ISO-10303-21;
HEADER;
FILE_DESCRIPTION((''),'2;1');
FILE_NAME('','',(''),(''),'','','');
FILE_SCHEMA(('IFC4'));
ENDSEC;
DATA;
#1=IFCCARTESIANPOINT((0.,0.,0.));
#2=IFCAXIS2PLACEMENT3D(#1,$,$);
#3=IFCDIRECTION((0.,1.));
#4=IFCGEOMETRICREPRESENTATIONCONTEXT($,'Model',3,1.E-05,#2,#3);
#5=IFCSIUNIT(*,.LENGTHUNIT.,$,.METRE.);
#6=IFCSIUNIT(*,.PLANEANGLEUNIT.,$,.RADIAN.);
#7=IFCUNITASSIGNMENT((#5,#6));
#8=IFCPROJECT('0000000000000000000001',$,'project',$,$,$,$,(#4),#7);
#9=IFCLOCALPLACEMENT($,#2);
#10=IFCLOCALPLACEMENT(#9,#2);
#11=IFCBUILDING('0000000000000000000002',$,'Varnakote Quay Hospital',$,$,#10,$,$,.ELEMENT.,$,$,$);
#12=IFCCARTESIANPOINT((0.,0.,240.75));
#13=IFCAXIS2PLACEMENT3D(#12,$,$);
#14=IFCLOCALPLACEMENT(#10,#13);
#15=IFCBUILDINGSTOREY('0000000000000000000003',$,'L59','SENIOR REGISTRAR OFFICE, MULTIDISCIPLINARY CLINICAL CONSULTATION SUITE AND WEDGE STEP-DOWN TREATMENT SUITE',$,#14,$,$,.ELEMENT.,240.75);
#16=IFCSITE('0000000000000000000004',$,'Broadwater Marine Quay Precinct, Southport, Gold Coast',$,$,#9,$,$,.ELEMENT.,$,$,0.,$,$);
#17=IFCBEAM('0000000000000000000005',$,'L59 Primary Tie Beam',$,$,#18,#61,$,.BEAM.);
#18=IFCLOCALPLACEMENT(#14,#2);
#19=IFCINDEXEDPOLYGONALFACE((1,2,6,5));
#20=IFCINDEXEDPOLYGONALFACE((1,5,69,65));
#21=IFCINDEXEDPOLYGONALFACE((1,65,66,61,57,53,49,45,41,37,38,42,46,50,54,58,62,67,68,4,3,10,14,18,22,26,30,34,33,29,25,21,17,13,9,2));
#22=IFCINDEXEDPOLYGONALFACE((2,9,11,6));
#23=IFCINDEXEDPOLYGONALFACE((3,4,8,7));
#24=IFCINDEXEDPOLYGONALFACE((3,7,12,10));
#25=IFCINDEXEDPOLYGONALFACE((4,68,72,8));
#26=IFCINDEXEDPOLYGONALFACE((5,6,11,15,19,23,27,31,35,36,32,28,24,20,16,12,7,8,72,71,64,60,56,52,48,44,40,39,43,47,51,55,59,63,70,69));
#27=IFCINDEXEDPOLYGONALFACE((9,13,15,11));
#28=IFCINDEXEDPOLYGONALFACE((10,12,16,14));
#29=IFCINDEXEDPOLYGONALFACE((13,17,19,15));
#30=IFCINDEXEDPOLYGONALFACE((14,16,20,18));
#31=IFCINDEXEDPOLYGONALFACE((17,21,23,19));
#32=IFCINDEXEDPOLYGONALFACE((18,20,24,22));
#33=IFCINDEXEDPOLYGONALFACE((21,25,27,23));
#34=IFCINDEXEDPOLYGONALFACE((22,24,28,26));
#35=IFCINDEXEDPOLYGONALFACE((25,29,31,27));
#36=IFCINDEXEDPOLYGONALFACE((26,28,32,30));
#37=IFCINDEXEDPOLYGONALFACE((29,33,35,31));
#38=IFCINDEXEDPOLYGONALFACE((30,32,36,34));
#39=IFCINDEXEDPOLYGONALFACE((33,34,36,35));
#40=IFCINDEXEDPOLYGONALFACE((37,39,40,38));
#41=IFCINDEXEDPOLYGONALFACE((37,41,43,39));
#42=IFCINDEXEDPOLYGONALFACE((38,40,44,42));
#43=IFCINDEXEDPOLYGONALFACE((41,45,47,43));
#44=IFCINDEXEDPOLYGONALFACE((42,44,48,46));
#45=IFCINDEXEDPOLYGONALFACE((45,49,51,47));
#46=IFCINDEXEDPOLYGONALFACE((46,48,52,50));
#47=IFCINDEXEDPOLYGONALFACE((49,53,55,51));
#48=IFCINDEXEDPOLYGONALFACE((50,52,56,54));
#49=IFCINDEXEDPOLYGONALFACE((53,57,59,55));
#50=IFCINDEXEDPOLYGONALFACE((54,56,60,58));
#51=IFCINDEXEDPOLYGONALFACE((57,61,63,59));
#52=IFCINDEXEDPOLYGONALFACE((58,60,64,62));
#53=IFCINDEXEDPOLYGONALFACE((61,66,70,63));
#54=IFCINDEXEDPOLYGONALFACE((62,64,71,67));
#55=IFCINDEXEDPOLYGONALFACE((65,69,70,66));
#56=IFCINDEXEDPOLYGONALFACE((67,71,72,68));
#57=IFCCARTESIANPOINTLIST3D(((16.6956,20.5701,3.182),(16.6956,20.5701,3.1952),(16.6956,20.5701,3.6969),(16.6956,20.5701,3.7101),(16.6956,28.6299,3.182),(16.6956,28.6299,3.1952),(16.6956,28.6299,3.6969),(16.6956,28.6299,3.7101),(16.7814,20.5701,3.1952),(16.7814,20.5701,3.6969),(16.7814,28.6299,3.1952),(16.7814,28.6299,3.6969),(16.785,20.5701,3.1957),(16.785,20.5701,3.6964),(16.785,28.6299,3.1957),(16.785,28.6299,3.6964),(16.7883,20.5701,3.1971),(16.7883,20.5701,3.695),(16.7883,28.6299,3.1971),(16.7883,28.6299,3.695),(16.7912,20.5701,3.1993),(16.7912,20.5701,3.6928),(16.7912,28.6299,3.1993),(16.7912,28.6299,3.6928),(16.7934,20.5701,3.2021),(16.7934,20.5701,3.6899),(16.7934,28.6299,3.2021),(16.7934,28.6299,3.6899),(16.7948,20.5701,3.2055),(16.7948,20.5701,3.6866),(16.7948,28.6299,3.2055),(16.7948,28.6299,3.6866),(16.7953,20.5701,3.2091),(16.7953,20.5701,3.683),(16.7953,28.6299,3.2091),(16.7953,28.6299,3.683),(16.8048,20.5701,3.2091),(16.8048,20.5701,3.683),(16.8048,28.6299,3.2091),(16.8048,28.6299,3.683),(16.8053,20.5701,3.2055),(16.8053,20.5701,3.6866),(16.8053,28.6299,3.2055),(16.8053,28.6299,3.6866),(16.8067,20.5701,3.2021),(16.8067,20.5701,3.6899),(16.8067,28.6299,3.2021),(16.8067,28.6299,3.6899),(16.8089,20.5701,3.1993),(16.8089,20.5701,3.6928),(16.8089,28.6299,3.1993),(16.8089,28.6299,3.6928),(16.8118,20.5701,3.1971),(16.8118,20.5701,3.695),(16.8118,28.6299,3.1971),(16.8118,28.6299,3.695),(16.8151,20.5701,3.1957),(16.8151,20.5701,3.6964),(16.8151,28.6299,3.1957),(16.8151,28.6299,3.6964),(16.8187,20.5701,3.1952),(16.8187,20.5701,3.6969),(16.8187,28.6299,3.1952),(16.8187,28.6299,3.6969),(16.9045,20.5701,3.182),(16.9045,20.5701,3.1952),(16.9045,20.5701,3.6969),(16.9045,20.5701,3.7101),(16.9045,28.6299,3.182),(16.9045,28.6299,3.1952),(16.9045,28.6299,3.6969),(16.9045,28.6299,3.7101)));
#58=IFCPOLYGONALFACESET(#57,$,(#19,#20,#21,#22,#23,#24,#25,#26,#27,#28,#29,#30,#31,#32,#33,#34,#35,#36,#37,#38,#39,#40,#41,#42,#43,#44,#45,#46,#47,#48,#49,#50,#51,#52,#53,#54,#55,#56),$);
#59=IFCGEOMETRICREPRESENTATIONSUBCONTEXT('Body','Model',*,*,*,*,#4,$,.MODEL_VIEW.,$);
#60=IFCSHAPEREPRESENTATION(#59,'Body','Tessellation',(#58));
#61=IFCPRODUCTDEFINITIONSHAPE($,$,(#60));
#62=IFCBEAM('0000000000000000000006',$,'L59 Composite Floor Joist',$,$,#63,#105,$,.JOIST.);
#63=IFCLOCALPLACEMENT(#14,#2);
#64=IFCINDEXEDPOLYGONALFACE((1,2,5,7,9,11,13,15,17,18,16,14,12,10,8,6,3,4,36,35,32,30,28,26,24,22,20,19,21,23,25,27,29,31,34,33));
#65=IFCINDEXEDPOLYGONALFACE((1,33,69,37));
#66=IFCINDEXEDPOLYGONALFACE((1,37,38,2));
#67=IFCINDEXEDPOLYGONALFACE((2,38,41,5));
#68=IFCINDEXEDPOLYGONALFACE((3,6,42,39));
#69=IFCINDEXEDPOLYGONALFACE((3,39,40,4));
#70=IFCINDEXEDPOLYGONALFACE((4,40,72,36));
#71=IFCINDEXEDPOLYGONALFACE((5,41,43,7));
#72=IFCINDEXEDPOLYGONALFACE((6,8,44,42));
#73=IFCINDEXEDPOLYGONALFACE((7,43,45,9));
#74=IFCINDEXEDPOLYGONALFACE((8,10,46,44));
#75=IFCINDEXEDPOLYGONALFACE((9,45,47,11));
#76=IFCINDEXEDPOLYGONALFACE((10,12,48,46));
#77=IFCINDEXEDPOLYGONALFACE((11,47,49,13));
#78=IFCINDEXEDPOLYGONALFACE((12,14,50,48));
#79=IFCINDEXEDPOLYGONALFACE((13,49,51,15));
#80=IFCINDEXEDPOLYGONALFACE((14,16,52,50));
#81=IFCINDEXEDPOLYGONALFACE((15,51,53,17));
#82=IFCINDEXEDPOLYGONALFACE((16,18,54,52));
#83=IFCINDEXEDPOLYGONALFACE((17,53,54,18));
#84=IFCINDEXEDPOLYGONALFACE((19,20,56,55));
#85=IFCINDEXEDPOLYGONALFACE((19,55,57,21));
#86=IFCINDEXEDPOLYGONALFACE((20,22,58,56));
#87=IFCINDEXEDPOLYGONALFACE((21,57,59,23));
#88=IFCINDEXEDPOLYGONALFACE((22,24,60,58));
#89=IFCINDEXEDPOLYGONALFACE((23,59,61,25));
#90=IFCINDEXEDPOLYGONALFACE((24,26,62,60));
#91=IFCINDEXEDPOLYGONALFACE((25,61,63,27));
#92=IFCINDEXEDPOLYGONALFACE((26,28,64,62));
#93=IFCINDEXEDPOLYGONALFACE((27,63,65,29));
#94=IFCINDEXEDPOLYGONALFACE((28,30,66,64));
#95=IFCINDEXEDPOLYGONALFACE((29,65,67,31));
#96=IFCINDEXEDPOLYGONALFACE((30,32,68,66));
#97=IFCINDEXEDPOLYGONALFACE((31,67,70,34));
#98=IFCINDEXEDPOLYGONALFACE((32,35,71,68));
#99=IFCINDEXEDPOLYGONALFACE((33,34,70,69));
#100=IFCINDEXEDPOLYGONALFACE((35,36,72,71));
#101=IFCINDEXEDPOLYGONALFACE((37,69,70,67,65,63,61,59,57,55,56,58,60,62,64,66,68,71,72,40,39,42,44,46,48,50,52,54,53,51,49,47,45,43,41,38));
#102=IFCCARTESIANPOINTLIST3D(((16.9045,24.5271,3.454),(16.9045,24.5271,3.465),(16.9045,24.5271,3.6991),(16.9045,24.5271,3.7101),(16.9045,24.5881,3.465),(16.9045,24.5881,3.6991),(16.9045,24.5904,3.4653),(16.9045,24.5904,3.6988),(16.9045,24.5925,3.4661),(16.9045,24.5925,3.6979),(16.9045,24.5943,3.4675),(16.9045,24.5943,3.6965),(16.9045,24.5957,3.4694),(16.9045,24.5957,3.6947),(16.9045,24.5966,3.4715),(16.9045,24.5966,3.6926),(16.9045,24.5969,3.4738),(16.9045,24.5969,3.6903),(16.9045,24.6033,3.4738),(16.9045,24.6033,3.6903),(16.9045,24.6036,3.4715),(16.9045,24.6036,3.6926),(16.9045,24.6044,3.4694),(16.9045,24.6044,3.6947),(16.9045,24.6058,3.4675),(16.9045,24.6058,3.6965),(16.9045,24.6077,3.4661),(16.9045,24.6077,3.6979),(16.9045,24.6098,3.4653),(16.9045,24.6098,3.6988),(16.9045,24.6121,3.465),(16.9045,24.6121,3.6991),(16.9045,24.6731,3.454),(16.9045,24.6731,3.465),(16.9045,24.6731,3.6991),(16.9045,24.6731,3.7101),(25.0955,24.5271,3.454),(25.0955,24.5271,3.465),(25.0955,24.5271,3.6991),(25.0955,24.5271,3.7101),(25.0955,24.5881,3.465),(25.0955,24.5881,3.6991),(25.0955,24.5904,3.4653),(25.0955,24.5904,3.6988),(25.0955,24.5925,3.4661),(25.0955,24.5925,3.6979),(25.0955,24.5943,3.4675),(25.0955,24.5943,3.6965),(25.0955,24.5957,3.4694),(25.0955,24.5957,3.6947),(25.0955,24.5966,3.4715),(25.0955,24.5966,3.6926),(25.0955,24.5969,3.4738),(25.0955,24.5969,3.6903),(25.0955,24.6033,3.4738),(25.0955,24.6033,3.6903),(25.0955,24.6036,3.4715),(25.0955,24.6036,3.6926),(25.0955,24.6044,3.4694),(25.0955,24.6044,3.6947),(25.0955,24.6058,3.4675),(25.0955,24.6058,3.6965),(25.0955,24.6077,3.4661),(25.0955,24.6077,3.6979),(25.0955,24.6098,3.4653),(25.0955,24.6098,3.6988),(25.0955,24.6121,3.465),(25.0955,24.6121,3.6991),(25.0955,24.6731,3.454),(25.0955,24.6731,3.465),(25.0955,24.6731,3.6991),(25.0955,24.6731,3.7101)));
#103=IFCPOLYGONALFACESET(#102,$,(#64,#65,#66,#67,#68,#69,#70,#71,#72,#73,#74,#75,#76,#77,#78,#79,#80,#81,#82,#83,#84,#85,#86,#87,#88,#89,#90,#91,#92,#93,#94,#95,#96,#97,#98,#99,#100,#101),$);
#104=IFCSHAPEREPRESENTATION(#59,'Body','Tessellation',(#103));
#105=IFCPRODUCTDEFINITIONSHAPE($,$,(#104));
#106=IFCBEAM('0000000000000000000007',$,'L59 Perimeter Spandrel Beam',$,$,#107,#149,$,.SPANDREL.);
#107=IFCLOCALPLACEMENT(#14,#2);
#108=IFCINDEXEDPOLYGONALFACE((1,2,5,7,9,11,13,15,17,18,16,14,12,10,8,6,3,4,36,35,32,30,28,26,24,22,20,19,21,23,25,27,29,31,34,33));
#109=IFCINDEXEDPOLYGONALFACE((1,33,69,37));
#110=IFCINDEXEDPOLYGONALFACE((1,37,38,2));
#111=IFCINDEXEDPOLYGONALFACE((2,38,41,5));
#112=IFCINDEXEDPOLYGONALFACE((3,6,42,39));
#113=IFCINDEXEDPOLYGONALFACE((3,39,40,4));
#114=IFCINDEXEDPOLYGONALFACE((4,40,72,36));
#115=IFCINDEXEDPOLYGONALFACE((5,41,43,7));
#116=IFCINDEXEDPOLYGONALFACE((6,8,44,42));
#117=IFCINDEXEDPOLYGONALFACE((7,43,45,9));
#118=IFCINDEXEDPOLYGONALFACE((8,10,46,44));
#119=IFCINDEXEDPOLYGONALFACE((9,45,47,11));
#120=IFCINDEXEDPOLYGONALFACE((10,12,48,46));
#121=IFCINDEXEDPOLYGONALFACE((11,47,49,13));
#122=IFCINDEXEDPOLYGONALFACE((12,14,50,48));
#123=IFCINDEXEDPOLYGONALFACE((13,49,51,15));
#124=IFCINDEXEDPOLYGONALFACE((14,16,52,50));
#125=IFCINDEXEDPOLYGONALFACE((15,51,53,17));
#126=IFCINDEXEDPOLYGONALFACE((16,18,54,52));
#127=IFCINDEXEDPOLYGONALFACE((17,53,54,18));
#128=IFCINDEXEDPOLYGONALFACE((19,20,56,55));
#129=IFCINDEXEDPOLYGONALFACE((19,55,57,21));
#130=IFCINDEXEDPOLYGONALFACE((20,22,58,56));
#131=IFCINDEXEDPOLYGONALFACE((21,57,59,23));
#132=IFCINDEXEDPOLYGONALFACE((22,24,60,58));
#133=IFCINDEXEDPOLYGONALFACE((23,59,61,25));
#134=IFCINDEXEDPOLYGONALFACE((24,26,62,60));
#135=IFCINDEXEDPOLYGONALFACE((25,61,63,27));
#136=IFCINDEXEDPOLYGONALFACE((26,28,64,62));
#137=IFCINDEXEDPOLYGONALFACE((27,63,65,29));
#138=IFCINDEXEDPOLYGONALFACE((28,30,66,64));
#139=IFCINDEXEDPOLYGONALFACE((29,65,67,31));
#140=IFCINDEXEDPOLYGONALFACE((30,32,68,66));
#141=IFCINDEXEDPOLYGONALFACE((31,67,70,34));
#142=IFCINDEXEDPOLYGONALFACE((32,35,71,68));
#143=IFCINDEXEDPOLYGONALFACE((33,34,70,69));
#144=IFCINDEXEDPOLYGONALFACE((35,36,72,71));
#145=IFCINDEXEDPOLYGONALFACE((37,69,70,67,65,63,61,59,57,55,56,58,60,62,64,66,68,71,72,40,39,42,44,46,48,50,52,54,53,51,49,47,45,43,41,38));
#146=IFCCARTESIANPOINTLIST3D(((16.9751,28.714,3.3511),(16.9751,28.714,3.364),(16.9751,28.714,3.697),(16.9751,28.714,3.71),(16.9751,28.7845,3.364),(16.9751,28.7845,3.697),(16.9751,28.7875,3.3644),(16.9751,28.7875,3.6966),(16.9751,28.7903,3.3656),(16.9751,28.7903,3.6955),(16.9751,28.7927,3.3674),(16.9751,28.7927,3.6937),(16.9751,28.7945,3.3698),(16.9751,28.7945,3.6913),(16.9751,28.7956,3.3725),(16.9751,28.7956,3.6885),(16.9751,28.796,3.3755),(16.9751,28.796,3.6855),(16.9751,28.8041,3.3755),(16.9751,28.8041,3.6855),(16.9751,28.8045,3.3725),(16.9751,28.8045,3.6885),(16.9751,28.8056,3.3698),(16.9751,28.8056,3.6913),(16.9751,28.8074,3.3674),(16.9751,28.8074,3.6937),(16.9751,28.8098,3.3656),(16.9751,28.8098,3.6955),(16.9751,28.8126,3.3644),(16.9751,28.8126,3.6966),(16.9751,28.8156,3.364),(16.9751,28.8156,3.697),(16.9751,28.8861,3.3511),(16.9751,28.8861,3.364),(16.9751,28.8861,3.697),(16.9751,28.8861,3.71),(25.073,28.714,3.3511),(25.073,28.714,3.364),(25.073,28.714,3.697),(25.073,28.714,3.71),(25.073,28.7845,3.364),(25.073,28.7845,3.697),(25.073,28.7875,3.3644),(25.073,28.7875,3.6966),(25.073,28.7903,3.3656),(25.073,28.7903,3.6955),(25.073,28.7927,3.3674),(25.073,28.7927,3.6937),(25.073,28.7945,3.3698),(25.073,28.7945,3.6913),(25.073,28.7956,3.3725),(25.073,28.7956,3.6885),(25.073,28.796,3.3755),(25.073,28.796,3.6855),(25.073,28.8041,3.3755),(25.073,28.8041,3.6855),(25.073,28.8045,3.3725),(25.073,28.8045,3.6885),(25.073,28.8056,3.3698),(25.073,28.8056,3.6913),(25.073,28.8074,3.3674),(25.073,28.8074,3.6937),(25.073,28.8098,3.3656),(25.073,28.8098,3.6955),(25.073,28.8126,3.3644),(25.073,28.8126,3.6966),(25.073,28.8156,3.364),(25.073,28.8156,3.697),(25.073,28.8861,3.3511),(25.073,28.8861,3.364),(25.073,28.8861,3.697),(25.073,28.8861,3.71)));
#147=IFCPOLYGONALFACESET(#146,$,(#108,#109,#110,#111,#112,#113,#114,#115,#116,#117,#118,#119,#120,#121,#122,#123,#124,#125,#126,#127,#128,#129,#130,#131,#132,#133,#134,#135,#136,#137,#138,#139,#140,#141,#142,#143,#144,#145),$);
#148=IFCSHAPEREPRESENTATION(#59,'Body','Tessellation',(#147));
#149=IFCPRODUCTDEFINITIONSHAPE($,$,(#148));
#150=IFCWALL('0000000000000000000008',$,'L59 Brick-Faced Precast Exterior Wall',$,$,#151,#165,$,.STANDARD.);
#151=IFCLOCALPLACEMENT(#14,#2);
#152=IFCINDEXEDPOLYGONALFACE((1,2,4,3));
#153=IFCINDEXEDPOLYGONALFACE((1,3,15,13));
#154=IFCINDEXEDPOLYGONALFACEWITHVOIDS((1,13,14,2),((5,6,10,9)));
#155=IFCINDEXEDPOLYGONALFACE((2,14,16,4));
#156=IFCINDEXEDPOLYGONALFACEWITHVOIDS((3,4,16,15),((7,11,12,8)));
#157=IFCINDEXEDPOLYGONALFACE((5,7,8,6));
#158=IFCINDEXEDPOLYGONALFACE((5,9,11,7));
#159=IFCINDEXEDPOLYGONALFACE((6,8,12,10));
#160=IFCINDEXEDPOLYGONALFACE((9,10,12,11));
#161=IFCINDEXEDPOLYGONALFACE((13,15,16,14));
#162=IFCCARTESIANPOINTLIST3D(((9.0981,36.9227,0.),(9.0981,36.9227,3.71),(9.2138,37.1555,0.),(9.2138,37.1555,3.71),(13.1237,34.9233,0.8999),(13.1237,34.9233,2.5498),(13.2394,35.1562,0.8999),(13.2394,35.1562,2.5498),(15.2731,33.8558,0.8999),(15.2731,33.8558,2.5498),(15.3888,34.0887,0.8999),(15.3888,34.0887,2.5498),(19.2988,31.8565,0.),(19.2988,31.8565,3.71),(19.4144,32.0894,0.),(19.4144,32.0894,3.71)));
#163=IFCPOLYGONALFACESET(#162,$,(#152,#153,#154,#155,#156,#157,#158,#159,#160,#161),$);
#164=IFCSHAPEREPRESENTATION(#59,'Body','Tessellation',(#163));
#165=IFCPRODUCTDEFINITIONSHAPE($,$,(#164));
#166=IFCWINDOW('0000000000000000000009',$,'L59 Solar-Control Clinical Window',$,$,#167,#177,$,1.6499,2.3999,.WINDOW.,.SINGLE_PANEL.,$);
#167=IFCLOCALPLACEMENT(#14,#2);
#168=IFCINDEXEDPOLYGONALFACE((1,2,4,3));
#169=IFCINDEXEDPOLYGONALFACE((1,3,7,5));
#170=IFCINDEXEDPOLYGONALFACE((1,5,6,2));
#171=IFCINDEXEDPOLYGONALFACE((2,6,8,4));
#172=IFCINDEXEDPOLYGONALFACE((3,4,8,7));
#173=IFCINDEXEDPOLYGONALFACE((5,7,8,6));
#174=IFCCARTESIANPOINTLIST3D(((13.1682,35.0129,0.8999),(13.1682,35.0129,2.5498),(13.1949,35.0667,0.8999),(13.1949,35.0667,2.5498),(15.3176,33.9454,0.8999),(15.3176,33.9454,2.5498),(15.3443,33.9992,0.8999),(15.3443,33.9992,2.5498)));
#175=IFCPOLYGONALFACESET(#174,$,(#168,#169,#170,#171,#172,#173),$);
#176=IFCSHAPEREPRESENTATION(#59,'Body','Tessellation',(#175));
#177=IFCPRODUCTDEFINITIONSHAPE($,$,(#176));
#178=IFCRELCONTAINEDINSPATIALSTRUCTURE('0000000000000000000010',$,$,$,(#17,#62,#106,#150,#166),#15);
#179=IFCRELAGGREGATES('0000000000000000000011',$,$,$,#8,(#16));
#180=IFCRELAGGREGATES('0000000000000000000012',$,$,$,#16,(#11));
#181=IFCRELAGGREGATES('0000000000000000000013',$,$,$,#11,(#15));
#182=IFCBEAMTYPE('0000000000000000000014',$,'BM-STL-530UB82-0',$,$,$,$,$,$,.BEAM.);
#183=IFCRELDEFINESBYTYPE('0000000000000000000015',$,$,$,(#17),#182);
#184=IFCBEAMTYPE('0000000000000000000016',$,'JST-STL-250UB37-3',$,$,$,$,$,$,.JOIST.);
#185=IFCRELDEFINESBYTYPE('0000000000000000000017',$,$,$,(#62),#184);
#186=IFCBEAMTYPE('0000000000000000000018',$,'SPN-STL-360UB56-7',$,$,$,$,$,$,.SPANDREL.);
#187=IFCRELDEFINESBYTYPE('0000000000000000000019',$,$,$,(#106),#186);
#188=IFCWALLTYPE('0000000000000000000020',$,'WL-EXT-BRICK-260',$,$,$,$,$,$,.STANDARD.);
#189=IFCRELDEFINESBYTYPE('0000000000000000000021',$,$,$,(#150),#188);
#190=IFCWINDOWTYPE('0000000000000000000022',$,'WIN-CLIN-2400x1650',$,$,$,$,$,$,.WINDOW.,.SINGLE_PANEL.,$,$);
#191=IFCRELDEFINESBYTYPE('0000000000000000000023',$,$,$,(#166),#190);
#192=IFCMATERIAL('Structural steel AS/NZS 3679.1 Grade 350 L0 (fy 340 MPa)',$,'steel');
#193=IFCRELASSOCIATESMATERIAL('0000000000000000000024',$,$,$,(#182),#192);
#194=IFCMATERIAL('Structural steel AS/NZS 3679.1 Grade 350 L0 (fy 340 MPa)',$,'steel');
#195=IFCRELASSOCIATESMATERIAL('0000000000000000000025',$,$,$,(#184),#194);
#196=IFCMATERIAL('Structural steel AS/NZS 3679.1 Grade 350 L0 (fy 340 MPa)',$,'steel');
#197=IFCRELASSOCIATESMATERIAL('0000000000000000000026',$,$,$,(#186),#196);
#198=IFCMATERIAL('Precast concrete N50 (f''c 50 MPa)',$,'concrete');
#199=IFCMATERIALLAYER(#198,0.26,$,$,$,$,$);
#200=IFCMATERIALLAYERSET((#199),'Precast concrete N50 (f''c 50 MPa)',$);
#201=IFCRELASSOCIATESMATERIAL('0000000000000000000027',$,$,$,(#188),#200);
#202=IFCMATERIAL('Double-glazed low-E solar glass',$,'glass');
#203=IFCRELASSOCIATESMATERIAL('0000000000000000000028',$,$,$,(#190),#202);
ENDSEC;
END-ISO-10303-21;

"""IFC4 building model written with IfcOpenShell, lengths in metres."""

from ifc_helpers import new_model, si_unit, direction, frame, frame_2d, origin, origin_2d, place, context, subcontext, project, spatial, rectangle, i_section, extrude, material, layer, layer_set, material_profile, profile_set, type_object, element, fill, save


model = new_model("IFC4")

# Units and contexts
model_context = context("Model", 3, precision=1e-05, world=origin(), true_north=direction((0.0, 1.0)))
body_context = subcontext(model_context, "Body", "Model", "MODEL_VIEW")
ifc_project = project(units=[si_unit("LENGTHUNIT", "METRE"), si_unit("PLANEANGLEUNIT", "RADIAN")], contexts=[model_context])

# Site, building, storey
site_placement = place(None, origin())
site = spatial("IfcSite", under=ifc_project, at=site_placement, Name="Broadwater Marine Quay Precinct, Southport, Gold Coast", CompositionType="ELEMENT", RefElevation=0.0)
building_placement = place(site_placement, origin())
building = spatial("IfcBuilding", under=site, at=building_placement, Name="Varnakote Quay Hospital", CompositionType="ELEMENT")
storey_placement = place(building_placement, frame((0.0, 0.0, 240.75)))
storey = spatial("IfcBuildingStorey", under=building, at=storey_placement, Name="L59", Description="SENIOR REGISTRAR OFFICE, MULTIDISCIPLINARY CLINICAL CONSULTATION SUITE AND WEDGE STEP-DOWN TREATMENT SUITE", CompositionType="ELEMENT", Elevation=240.75)

# Beams
ifc_material_1 = material(Name="Structural steel AS/NZS 3679.1 Grade 350 L0 (fy 340 MPa)", Category="steel")
ifc_material_profile_1 = material_profile(ifc_material_1, i_section(OverallWidth=0.209, OverallDepth=0.5281, WebThickness=0.0095, FlangeThickness=0.0132, FilletRadius=0.0139, at=origin_2d()), Name="530UB82.0")
ifc_profile_set_1 = profile_set([ifc_material_profile_1], Name="Structural steel AS/NZS 3679.1 Grade 350 L0 (fy 340 MPa)")
beam_type_1 = type_object("IfcBeamType", Name="BM-STL-530UB82-0", PredefinedType="BEAM", material=ifc_profile_set_1)
beam_1_placement = place(storey_placement, frame((16.8, 20.5701, 3.446), z_axis=(0.0, 1.0, 0.0), x_axis=(-1.0, 0.0, 0.0)))
element("IfcBeam", 1, at=beam_1_placement, inside=storey, type_object=beam_type_1, Name="L59 Primary Tie Beam", PredefinedType="BEAM", context=body_context, shape_type="SweptSolid", body=[
    extrude(i_section(OverallWidth=0.209, OverallDepth=0.5281, WebThickness=0.0095, FlangeThickness=0.0132, FilletRadius=0.0139, at=origin_2d()), origin(), (0.0, 0.0, 1.0), 8.0598),
])
ifc_material_2 = material(Name="Structural steel AS/NZS 3679.1 Grade 350 L0 (fy 340 MPa)", Category="steel")
ifc_material_profile_2 = material_profile(ifc_material_2, i_section(OverallWidth=0.146, OverallDepth=0.2561, WebThickness=0.0063, FlangeThickness=0.011, FilletRadius=0.0088, at=origin_2d()), Name="250UB37.3")
ifc_profile_set_2 = profile_set([ifc_material_profile_2], Name="Structural steel AS/NZS 3679.1 Grade 350 L0 (fy 340 MPa)")
beam_type_2 = type_object("IfcBeamType", Name="JST-STL-250UB37-3", PredefinedType="JOIST", material=ifc_profile_set_2)
beam_2_placement = place(storey_placement, frame((16.9045, 24.6001, 3.582), z_axis=(1.0, 0.0, 0.0), x_axis=(0.0, 1.0, 0.0)))
element("IfcBeam", 2, at=beam_2_placement, inside=storey, type_object=beam_type_2, Name="L59 Composite Floor Joist", PredefinedType="JOIST", context=body_context, shape_type="SweptSolid", body=[
    extrude(i_section(OverallWidth=0.146, OverallDepth=0.2561, WebThickness=0.0063, FlangeThickness=0.011, FilletRadius=0.0088, at=origin_2d()), origin(), (0.0, 0.0, 1.0), 8.1909),
])
ifc_material_3 = material(Name="Structural steel AS/NZS 3679.1 Grade 350 L0 (fy 340 MPa)", Category="steel")
ifc_material_profile_3 = material_profile(ifc_material_3, i_section(OverallWidth=0.1721, OverallDepth=0.3589, WebThickness=0.0081, FlangeThickness=0.0129, FilletRadius=0.0115, at=origin_2d()), Name="360UB56.7")
ifc_profile_set_3 = profile_set([ifc_material_profile_3], Name="Structural steel AS/NZS 3679.1 Grade 350 L0 (fy 340 MPa)")
beam_type_3 = type_object("IfcBeamType", Name="SPN-STL-360UB56-7", PredefinedType="SPANDREL", material=ifc_profile_set_3)
beam_3_placement = place(storey_placement, frame((16.9751, 28.8, 3.5305), z_axis=(1.0, 0.0, 0.0), x_axis=(0.0, 1.0, 0.0)))
element("IfcBeam", 3, at=beam_3_placement, inside=storey, type_object=beam_type_3, Name="L59 Perimeter Spandrel Beam", PredefinedType="SPANDREL", context=body_context, shape_type="SweptSolid", body=[
    extrude(i_section(OverallWidth=0.1721, OverallDepth=0.3589, WebThickness=0.0081, FlangeThickness=0.0129, FilletRadius=0.0115, at=origin_2d()), origin(), (0.0, 0.0, 1.0), 8.0979),
])

# Wall, opening, window
ifc_material_4 = material(Name="Precast concrete N50 (f'c 50 MPa)", Category="concrete")
ifc_layer_1 = layer(ifc_material_4, 0.26)
ifc_layer_set_1 = layer_set([ifc_layer_1], Name="Precast concrete N50 (f'c 50 MPa)")
wall_type_1 = type_object("IfcWallType", Name="WL-EXT-BRICK-260", PredefinedType="STANDARD", material=ifc_layer_set_1)
wall_1_placement = place(storey_placement, frame((19.3567, 31.9729, 0.0), z_axis=(0.0, 0.0, 1.0), x_axis=(-0.895624, 0.444811, 0.0)))
wall_1 = element("IfcWall", 4, at=wall_1_placement, inside=storey, type_object=wall_type_1, Name="L59 Brick-Faced Precast Exterior Wall", PredefinedType="STANDARD", context=body_context, shape_type="SweptSolid", body=[
    extrude(rectangle(XDim=11.3894, YDim=0.26, at=frame_2d((5.6948, 0.0))), origin(), (0.0, 0.0, 1.0), 3.71),
])
opening_1_placement = place(wall_1_placement, frame((4.4949, 0.0, 0.8999)))
opening_1 = element("IfcOpeningElement", 5, at=opening_1_placement, cuts=wall_1, PredefinedType="OPENING", context=body_context, shape_type="SweptSolid", body=[
    extrude(rectangle(XDim=2.3999, YDim=1.6499, at=frame_2d((1.2, 0.825))), frame((0.0, 0.1399, 0.0), z_axis=(0.0, -1.0, 0.0), x_axis=(1.0, 0.0, 0.0)), (0.0, 0.0, 1.0), 0.28),
])
ifc_material_5 = material(Name="Double-glazed low-E solar glass", Category="glass")
window_type = type_object("IfcWindowType", Name="WIN-CLIN-2400x1650", PartitioningType="SINGLE_PANEL", PredefinedType="WINDOW", material=ifc_material_5)
window_1_placement = place(opening_1_placement, origin())
window_1 = element("IfcWindow", 6, at=window_1_placement, inside=storey, type_object=window_type, Name="L59 Solar-Control Clinical Window", OverallHeight=1.6499, OverallWidth=2.3999, PartitioningType="SINGLE_PANEL", PredefinedType="WINDOW", context=body_context, shape_type="SweptSolid", body=[
    extrude(rectangle(XDim=2.3999, YDim=1.6499, at=frame_2d((1.2, 0.825))), frame((0.0, 0.03, 0.0), z_axis=(0.0, -1.0, 0.0), x_axis=(1.0, 0.0, 0.0)), (0.0, 0.0, 1.0), 0.0601),
])
fill(opening_1, window_1)

save(model, "model.ifc")
